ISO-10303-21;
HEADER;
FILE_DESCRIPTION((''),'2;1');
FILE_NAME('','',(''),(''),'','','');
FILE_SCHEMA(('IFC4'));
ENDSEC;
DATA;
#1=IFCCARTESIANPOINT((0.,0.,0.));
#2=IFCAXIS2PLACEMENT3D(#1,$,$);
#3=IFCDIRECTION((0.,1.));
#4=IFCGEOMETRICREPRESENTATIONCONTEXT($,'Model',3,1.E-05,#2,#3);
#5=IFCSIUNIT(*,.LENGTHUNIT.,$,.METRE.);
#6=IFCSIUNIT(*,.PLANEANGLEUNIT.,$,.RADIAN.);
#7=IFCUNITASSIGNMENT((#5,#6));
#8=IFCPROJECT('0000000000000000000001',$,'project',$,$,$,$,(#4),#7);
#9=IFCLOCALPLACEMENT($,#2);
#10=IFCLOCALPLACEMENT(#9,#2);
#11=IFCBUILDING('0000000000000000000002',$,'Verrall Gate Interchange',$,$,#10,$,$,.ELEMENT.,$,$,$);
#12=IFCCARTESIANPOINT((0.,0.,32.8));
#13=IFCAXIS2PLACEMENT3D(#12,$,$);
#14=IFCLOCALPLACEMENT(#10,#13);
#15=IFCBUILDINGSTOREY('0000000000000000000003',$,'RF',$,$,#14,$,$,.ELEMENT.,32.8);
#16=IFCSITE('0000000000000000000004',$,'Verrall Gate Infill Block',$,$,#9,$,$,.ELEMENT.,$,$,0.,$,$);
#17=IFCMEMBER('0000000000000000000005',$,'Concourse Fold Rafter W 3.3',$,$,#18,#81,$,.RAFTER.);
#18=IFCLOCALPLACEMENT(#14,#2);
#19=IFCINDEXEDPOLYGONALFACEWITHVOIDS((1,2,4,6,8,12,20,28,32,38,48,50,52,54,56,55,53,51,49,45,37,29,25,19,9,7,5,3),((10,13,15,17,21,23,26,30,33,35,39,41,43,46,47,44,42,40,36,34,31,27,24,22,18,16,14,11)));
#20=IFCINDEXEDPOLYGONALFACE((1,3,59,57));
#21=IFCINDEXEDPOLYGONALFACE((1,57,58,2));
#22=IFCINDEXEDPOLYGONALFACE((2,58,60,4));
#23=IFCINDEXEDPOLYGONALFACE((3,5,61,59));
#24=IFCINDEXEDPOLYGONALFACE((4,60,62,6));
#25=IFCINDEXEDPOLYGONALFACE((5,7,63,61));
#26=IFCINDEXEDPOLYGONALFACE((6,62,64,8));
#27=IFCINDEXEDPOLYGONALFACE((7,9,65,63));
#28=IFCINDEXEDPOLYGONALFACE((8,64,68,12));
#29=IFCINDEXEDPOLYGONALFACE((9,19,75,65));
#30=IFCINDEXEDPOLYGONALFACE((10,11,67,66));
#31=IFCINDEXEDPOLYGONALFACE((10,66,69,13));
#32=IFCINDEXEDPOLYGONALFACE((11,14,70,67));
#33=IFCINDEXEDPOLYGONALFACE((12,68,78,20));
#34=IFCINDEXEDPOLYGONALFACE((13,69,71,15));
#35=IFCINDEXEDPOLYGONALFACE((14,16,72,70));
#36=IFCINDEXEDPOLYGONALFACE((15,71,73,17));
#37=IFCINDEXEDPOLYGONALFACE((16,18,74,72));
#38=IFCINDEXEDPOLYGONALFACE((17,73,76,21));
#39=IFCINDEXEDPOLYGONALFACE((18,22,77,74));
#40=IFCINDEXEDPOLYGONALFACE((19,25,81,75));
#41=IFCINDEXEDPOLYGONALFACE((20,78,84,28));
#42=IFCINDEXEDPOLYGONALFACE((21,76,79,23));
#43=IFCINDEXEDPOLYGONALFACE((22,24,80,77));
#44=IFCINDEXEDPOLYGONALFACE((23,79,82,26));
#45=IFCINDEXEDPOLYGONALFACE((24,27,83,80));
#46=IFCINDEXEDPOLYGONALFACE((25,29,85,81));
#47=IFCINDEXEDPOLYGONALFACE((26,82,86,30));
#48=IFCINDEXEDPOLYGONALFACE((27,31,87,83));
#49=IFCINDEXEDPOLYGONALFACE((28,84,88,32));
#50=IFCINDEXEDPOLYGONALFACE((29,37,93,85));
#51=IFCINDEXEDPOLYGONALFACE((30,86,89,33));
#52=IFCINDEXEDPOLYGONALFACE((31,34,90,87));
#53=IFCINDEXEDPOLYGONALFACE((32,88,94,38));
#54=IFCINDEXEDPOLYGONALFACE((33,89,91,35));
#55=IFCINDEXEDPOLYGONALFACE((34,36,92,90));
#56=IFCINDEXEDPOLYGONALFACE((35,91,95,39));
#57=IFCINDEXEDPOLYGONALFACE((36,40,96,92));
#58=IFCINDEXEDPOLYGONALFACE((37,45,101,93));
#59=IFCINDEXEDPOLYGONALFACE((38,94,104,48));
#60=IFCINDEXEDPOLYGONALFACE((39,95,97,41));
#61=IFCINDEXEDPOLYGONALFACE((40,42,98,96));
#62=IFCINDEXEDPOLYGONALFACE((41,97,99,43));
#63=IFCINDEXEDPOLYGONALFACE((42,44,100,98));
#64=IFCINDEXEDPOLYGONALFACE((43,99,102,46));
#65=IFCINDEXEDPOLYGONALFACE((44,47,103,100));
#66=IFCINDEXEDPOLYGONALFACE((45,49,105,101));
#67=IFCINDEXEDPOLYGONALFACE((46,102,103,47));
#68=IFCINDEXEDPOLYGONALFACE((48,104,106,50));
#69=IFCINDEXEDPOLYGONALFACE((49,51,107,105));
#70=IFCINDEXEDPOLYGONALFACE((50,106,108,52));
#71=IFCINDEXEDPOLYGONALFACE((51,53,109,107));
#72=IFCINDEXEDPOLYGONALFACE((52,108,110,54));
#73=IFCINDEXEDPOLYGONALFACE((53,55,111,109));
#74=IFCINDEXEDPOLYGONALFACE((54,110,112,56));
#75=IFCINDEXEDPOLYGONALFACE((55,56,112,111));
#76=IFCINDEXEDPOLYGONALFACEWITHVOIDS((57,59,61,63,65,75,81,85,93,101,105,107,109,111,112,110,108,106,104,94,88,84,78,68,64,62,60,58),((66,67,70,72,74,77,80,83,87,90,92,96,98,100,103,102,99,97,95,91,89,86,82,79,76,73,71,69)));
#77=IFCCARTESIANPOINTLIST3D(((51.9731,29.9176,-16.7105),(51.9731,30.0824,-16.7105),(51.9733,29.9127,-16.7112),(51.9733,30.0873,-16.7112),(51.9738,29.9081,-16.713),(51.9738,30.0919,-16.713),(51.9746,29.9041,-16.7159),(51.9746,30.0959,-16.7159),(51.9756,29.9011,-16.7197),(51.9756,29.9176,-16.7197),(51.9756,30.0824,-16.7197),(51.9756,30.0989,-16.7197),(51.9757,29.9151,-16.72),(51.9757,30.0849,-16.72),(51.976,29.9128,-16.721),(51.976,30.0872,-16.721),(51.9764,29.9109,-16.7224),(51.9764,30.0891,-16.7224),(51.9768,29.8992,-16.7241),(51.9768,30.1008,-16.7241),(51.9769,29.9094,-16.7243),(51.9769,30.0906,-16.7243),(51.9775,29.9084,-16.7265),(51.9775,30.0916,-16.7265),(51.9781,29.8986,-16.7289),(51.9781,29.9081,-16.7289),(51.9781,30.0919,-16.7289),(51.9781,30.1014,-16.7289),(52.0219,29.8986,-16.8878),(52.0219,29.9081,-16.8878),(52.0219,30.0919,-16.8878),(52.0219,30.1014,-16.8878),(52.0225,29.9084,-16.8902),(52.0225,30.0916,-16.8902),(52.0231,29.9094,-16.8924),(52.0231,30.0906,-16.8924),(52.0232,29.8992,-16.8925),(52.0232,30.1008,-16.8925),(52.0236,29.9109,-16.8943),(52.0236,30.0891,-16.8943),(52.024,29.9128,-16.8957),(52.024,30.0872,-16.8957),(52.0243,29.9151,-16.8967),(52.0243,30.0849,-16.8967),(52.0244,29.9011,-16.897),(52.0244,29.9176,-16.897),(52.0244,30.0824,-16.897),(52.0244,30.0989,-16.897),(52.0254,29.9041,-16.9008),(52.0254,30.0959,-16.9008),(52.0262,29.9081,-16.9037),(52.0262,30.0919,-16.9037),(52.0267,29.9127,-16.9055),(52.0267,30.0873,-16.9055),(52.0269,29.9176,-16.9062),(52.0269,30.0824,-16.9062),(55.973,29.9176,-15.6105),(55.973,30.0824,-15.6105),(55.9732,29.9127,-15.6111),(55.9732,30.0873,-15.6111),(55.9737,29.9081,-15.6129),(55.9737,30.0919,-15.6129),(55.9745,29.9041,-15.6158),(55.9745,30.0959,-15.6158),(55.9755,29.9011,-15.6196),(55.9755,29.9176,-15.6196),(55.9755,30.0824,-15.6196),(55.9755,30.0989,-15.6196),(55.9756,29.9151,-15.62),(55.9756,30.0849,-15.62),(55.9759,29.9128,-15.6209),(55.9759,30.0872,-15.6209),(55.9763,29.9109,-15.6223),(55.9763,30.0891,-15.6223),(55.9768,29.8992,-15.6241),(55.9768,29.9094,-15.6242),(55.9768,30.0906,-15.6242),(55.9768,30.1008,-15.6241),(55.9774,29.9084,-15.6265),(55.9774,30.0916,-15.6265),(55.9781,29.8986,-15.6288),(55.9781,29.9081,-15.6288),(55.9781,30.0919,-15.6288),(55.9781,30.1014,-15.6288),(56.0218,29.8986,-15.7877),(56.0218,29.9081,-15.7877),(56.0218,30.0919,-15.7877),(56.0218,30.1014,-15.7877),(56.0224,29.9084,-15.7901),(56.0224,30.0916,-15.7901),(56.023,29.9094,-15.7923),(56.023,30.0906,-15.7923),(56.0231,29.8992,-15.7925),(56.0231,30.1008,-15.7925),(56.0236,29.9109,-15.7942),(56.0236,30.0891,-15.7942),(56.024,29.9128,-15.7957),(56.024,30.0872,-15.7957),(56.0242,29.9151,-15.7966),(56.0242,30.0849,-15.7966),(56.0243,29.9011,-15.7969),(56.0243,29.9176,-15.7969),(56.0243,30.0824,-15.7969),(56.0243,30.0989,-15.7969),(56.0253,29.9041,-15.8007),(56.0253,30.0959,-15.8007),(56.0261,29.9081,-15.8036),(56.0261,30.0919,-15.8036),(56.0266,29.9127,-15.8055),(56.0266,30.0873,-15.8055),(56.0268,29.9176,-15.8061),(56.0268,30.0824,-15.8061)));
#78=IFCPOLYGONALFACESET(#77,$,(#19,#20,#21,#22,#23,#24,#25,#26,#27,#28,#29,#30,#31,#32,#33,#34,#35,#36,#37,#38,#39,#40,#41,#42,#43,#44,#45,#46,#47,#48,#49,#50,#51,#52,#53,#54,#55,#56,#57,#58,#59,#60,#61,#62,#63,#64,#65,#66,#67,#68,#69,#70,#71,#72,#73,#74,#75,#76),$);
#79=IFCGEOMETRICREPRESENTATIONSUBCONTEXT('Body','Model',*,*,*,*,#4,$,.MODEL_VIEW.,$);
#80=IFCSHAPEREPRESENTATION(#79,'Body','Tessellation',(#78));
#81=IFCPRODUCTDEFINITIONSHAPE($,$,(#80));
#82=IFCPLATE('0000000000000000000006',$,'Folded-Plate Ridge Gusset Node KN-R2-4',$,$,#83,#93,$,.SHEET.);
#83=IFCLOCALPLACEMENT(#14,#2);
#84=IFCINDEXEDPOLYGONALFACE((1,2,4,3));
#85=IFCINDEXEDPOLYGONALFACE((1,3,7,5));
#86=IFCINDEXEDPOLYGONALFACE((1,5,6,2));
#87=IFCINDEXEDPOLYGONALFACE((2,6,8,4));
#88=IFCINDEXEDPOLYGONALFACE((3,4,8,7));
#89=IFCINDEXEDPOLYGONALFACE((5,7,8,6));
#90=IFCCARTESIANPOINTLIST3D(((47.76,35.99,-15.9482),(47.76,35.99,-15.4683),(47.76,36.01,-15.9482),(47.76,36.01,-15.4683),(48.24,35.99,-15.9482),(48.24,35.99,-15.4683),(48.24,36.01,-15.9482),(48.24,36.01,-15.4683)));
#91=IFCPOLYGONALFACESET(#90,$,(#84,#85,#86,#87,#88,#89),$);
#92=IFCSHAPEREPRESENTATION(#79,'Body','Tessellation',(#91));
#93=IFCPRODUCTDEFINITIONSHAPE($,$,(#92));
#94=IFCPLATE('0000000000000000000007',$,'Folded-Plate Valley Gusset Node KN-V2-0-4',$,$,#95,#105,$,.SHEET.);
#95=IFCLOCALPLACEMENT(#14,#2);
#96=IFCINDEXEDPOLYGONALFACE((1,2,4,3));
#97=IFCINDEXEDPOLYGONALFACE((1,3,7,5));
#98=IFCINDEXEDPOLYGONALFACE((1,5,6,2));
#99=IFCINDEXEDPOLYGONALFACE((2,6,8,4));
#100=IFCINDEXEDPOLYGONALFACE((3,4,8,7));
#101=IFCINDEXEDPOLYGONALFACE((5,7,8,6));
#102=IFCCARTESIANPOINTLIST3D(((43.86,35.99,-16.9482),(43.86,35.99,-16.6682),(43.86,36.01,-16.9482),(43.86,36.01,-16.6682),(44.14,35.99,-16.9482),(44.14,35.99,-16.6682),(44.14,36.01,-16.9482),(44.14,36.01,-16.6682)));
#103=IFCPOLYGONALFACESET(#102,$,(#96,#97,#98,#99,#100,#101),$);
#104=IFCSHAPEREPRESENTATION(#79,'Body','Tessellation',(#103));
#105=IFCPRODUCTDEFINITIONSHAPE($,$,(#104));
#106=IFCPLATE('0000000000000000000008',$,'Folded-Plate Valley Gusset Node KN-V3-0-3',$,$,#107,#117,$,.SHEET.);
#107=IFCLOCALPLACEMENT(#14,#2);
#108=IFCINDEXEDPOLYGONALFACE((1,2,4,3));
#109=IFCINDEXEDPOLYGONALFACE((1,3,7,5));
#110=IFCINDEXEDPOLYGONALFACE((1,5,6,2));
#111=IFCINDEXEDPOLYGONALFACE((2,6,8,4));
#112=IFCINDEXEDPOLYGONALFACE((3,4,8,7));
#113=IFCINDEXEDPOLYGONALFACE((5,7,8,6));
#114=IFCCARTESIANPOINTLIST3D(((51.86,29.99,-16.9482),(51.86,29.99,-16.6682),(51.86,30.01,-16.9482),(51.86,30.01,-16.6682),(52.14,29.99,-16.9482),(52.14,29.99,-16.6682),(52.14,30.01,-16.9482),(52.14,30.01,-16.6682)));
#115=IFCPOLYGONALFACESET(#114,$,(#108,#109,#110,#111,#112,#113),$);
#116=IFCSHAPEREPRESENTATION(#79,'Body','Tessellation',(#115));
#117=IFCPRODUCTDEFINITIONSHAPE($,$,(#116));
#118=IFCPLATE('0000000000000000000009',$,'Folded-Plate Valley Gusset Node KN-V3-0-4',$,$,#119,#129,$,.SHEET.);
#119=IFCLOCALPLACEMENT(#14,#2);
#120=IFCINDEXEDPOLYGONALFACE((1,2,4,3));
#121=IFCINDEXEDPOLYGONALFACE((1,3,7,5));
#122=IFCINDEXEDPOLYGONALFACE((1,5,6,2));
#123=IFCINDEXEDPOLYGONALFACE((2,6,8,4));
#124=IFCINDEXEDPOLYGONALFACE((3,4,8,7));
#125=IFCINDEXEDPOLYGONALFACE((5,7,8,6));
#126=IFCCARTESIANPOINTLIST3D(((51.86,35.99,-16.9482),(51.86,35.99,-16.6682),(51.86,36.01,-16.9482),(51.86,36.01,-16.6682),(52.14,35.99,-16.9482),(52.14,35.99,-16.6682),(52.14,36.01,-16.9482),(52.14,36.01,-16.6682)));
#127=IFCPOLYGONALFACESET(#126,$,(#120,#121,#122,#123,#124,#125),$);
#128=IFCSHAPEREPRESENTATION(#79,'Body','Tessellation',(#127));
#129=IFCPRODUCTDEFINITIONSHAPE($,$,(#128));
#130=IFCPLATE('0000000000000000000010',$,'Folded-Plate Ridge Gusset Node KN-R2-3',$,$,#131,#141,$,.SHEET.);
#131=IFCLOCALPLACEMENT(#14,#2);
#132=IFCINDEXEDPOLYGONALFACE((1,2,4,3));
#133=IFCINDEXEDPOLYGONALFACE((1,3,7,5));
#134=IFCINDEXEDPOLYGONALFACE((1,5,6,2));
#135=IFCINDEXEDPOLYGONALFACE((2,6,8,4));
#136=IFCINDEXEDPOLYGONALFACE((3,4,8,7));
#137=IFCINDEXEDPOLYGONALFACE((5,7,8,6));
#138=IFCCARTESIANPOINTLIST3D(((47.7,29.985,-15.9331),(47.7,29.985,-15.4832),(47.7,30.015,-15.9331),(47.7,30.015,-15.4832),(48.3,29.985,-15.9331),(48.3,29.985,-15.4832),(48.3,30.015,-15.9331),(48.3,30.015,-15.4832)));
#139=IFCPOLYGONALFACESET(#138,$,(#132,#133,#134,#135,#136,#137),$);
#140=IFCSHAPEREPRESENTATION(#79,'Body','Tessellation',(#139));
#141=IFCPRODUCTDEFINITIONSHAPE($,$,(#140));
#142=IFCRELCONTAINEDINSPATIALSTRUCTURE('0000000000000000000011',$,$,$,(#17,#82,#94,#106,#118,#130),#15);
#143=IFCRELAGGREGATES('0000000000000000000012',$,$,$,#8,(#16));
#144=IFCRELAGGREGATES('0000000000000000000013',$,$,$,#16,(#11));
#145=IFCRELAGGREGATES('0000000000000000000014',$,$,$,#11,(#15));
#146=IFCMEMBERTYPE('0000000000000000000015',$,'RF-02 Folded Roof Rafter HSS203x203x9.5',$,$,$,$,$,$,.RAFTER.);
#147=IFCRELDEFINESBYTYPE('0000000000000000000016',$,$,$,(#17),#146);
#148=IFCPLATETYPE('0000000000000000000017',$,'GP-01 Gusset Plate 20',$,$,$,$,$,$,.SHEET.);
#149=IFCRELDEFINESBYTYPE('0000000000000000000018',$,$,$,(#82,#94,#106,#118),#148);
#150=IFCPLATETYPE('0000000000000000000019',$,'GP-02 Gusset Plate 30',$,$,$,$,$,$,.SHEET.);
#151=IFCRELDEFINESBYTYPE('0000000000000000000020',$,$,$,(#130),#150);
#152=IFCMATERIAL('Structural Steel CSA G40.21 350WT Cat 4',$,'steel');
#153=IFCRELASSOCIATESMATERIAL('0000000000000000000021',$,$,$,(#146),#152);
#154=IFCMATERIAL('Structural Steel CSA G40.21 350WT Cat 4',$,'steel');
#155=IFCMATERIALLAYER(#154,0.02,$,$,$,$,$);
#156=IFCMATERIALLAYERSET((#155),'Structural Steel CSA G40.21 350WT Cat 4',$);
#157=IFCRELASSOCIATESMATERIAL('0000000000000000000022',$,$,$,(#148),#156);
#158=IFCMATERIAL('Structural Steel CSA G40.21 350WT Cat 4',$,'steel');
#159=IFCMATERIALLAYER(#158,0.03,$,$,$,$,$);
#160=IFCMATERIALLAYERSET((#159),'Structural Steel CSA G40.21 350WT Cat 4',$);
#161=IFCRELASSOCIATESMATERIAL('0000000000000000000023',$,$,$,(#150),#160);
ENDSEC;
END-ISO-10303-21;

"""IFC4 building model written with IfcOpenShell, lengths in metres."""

from ifc_helpers import new_model, si_unit, direction, frame, origin, origin_2d, place, context, subcontext, project, spatial, rectangle, hollow_rectangle, extrude, material, layer, layer_set, material_profile, profile_set, type_object, element, save


model = new_model("IFC4")

# Units and contexts
model_context = context("Model", 3, precision=1e-05, world=origin(), true_north=direction((0.0, 1.0)))
body_context = subcontext(model_context, "Body", "Model", "MODEL_VIEW")
ifc_project = project(units=[si_unit("LENGTHUNIT", "METRE"), si_unit("PLANEANGLEUNIT", "RADIAN")], contexts=[model_context])

# Site, building, storey
site_placement = place(None, origin())
site = spatial("IfcSite", under=ifc_project, at=site_placement, Name="Verrall Gate Infill Block", CompositionType="ELEMENT", RefElevation=0.0)
building_placement = place(site_placement, origin())
building = spatial("IfcBuilding", under=site, at=building_placement, Name="Verrall Gate Interchange", CompositionType="ELEMENT")
storey_placement = place(building_placement, frame((0.0, 0.0, 32.8)))
storey = spatial("IfcBuildingStorey", under=building, at=storey_placement, Name="RF", CompositionType="ELEMENT", Elevation=32.8)

# Member
ifc_material_1 = material(Name="Structural Steel CSA G40.21 350WT Cat 4", Category="steel")
ifc_material_profile_1 = material_profile(ifc_material_1, hollow_rectangle(XDim=0.2029, YDim=0.2029, WallThickness=0.0095, InnerFilletRadius=0.0095, OuterFilletRadius=0.019, at=origin_2d()), Name="HSS203x203x9.5")
ifc_profile_set_1 = profile_set([ifc_material_profile_1], Name="Structural Steel CSA G40.21 350WT Cat 4")
member_type_1 = type_object("IfcMemberType", Name="RF-02 Folded Roof Rafter HSS203x203x9.5", PredefinedType="RAFTER", material=ifc_profile_set_1)
for number, where, z_axis, x_axis, name in (
    (1, (52.0, 30.0, -16.8083), (0.964199, 0.0, 0.265178), (0.0, 1.0, 0.0), "Concourse Fold Rafter W 3.3"),
):
    element("IfcMember", number, at=place(storey_placement, frame(where, z_axis=z_axis, x_axis=x_axis)), inside=storey, type_object=member_type_1, Name=name, PredefinedType="RAFTER", context=body_context, shape_type="SweptSolid", body=[
        extrude(hollow_rectangle(XDim=0.2029, YDim=0.2029, WallThickness=0.0095, InnerFilletRadius=0.0095, OuterFilletRadius=0.019, at=origin_2d()), origin(), (0.0, 0.0, 1.0), 4.1484),
    ])

# Plates
ifc_material_2 = material(Name="Structural Steel CSA G40.21 350WT Cat 4", Category="steel")
ifc_layer_1 = layer(ifc_material_2, 0.02)
ifc_layer_set_1 = layer_set([ifc_layer_1], Name="Structural Steel CSA G40.21 350WT Cat 4")
plate_type_1 = type_object("IfcPlateType", Name="GP-01 Gusset Plate 20", PredefinedType="SHEET", material=ifc_layer_set_1)
plate_1_placement = place(storey_placement, frame((48.0, 36.0, -15.9482), z_axis=(0.0, 0.0, 1.0), x_axis=(1.0, 0.0, 0.0)))
element("IfcPlate", 2, at=plate_1_placement, inside=storey, type_object=plate_type_1, Name="Folded-Plate Ridge Gusset Node KN-R2-4", PredefinedType="SHEET", context=body_context, shape_type="SweptSolid", body=[
    extrude(rectangle(XDim=0.48, YDim=0.02, at=origin_2d()), origin(), (0.0, 0.0, 1.0), 0.48),
])
for number, where, z_axis, x_axis, name in (
    (3, (44.0, 36.0, -16.9482), (0.0, 0.0, 1.0), (1.0, 0.0, 0.0), "Folded-Plate Valley Gusset Node KN-V2-0-4"),
    (4, (52.0, 30.0, -16.9482), (0.0, 0.0, 1.0), (1.0, 0.0, 0.0), "Folded-Plate Valley Gusset Node KN-V3-0-3"),
    (5, (52.0, 36.0, -16.9482), (0.0, 0.0, 1.0), (1.0, 0.0, 0.0), "Folded-Plate Valley Gusset Node KN-V3-0-4"),
):
    element("IfcPlate", number, at=place(storey_placement, frame(where, z_axis=z_axis, x_axis=x_axis)), inside=storey, type_object=plate_type_1, Name=name, PredefinedType="SHEET", context=body_context, shape_type="SweptSolid", body=[
        extrude(rectangle(XDim=0.28, YDim=0.02, at=origin_2d()), origin(), (0.0, 0.0, 1.0), 0.28),
    ])
ifc_material_3 = material(Name="Structural Steel CSA G40.21 350WT Cat 4", Category="steel")
ifc_layer_2 = layer(ifc_material_3, 0.03)
ifc_layer_set_2 = layer_set([ifc_layer_2], Name="Structural Steel CSA G40.21 350WT Cat 4")
plate_type_2 = type_object("IfcPlateType", Name="GP-02 Gusset Plate 30", PredefinedType="SHEET", material=ifc_layer_set_2)
plate_2_placement = place(storey_placement, frame((48.0, 30.0, -15.9331), z_axis=(0.0, 0.0, 1.0), x_axis=(1.0, 0.0, 0.0)))
element("IfcPlate", 6, at=plate_2_placement, inside=storey, type_object=plate_type_2, Name="Folded-Plate Ridge Gusset Node KN-R2-3", PredefinedType="SHEET", context=body_context, shape_type="SweptSolid", body=[
    extrude(rectangle(XDim=0.6001, YDim=0.03, at=origin_2d()), origin(), (0.0, 0.0, 1.0), 0.45),
])

save(model, "model.ifc")
